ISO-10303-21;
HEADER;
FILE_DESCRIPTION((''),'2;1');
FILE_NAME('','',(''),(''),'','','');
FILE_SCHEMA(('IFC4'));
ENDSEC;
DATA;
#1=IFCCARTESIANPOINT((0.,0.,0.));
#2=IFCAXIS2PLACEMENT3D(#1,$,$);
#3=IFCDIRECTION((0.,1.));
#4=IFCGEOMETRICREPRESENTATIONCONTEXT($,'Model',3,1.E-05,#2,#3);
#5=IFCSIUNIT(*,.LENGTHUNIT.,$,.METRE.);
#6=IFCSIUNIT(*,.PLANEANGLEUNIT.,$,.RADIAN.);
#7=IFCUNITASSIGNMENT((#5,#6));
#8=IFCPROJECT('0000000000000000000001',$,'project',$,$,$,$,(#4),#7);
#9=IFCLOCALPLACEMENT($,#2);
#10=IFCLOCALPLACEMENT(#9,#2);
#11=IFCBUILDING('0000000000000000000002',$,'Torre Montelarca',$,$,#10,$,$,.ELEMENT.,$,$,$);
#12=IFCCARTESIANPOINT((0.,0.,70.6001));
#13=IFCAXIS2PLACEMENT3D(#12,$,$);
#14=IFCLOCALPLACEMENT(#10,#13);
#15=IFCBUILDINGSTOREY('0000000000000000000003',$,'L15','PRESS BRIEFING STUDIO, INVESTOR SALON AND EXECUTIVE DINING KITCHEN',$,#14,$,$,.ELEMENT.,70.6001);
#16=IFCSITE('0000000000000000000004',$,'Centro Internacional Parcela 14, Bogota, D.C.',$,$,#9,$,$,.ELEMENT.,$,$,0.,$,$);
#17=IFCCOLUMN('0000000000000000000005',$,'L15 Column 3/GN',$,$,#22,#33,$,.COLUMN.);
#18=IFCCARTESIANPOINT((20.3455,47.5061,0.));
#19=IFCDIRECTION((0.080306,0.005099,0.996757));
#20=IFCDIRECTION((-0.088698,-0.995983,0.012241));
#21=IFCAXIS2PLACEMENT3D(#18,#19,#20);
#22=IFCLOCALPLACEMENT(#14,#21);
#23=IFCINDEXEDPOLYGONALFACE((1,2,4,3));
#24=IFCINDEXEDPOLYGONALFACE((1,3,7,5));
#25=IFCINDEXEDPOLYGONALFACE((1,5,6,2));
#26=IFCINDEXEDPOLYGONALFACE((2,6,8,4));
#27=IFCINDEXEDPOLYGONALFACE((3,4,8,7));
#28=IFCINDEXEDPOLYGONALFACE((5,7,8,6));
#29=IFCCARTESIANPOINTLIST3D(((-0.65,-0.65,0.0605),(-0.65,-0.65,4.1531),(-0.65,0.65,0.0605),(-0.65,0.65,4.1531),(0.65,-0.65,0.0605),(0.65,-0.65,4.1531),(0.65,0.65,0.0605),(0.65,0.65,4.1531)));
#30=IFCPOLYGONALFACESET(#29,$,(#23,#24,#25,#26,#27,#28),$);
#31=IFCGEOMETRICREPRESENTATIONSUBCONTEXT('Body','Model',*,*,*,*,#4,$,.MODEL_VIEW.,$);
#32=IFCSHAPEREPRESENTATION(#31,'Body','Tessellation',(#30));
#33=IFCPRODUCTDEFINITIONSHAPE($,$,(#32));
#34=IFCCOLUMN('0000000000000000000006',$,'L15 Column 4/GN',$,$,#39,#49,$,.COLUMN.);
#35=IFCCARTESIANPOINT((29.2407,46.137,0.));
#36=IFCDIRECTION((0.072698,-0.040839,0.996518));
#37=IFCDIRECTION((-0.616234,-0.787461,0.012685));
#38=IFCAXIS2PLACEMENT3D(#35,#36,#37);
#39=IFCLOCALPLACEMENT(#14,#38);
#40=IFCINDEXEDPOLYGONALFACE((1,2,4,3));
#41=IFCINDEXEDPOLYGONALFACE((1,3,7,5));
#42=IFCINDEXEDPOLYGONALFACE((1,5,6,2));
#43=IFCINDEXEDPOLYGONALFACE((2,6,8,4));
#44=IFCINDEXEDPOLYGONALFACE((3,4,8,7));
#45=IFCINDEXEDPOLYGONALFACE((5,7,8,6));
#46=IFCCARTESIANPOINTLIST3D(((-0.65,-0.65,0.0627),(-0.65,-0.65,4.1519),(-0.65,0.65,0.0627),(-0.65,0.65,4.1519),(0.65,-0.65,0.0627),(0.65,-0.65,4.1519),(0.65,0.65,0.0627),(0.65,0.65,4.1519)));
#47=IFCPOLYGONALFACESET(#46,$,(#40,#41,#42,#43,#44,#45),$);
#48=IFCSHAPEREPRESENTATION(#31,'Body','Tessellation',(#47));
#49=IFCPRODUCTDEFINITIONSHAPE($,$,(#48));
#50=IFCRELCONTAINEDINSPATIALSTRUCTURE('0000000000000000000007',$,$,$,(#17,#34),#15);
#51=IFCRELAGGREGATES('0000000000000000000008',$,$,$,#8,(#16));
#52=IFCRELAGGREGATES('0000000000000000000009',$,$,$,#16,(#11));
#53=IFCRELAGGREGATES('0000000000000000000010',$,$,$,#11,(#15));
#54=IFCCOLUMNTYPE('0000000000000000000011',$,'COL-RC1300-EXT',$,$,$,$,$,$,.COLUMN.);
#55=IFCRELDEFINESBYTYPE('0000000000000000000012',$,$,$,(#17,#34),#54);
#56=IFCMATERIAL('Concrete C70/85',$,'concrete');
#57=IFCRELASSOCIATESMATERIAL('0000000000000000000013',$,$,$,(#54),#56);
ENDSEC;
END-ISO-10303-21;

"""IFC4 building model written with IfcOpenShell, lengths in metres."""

from ifc_helpers import new_model, si_unit, direction, frame, origin, origin_2d, place, context, subcontext, project, spatial, rectangle, extrude, clip, halfspace, material, material_profile, profile_set, type_object, element, save


model = new_model("IFC4")

# Units and contexts
model_context = context("Model", 3, precision=1e-05, world=origin(), true_north=direction((0.0, 1.0)))
body_context = subcontext(model_context, "Body", "Model", "MODEL_VIEW")
ifc_project = project(units=[si_unit("LENGTHUNIT", "METRE"), si_unit("PLANEANGLEUNIT", "RADIAN")], contexts=[model_context])

# Site, building, storey
site_placement = place(None, origin())
site = spatial("IfcSite", under=ifc_project, at=site_placement, Name="Centro Internacional Parcela 14, Bogota, D.C.", CompositionType="ELEMENT", RefElevation=0.0)
building_placement = place(site_placement, origin())
building = spatial("IfcBuilding", under=site, at=building_placement, Name="Torre Montelarca", CompositionType="ELEMENT")
storey_placement = place(building_placement, frame((0.0, 0.0, 70.6001)))
storey = spatial("IfcBuildingStorey", under=building, at=storey_placement, Name="L15", Description="PRESS BRIEFING STUDIO, INVESTOR SALON AND EXECUTIVE DINING KITCHEN", CompositionType="ELEMENT", Elevation=70.6001)

# Columns
ifc_material_1 = material(Name="Concrete C70/85", Category="concrete")
ifc_material_profile_1 = material_profile(ifc_material_1, rectangle(XDim=1.3, YDim=1.3, at=origin_2d()), Name="RC1300X1300", Category="concrete")
ifc_profile_set_1 = profile_set([ifc_material_profile_1], Name="Concrete C70/85")
column_type_1 = type_object("IfcColumnType", Name="COL-RC1300-EXT", PredefinedType="COLUMN", material=ifc_profile_set_1)
column_1_placement = place(storey_placement, frame((20.3455, 47.5061, 0.0), z_axis=(0.080306, 0.005099, 0.996757), x_axis=(-0.088698, -0.995983, 0.012241)))
element("IfcColumn", 1, at=column_1_placement, inside=storey, type_object=column_type_1, Name="L15 Column 3/GN", PredefinedType="COLUMN", context=body_context, shape_type="Clipping", body=[
    clip(clip(extrude(rectangle(XDim=1.3, YDim=1.3, at=origin_2d()), origin(), (0.0, 0.0, 1.0), 4.2136), halfspace(frame((0.0, 0.0, 0.0605), z_axis=(0.0, 0.0, -1.0), x_axis=(1.0, 0.0, 0.0)), False)), halfspace(frame((0.0, 0.0, 4.1531), z_axis=(0.0, 0.0, 1.0), x_axis=(1.0, 0.0, 0.0)), False)),
])
column_2_placement = place(storey_placement, frame((29.2407, 46.137, 0.0), z_axis=(0.072698, -0.040839, 0.996518), x_axis=(-0.616234, -0.787461, 0.012685)))
element("IfcColumn", 2, at=column_2_placement, inside=storey, type_object=column_type_1, Name="L15 Column 4/GN", PredefinedType="COLUMN", context=body_context, shape_type="Clipping", body=[
    clip(clip(extrude(rectangle(XDim=1.3, YDim=1.3, at=origin_2d()), origin(), (0.0, 0.0, 1.0), 4.2146), halfspace(frame((0.0, 0.0, 0.0627), z_axis=(0.0, 0.0, -1.0), x_axis=(1.0, 0.0, 0.0)), False)), halfspace(frame((0.0, 0.0, 4.1519), z_axis=(0.0, 0.0, 1.0), x_axis=(1.0, 0.0, 0.0)), False)),
])

save(model, "model.ifc")
